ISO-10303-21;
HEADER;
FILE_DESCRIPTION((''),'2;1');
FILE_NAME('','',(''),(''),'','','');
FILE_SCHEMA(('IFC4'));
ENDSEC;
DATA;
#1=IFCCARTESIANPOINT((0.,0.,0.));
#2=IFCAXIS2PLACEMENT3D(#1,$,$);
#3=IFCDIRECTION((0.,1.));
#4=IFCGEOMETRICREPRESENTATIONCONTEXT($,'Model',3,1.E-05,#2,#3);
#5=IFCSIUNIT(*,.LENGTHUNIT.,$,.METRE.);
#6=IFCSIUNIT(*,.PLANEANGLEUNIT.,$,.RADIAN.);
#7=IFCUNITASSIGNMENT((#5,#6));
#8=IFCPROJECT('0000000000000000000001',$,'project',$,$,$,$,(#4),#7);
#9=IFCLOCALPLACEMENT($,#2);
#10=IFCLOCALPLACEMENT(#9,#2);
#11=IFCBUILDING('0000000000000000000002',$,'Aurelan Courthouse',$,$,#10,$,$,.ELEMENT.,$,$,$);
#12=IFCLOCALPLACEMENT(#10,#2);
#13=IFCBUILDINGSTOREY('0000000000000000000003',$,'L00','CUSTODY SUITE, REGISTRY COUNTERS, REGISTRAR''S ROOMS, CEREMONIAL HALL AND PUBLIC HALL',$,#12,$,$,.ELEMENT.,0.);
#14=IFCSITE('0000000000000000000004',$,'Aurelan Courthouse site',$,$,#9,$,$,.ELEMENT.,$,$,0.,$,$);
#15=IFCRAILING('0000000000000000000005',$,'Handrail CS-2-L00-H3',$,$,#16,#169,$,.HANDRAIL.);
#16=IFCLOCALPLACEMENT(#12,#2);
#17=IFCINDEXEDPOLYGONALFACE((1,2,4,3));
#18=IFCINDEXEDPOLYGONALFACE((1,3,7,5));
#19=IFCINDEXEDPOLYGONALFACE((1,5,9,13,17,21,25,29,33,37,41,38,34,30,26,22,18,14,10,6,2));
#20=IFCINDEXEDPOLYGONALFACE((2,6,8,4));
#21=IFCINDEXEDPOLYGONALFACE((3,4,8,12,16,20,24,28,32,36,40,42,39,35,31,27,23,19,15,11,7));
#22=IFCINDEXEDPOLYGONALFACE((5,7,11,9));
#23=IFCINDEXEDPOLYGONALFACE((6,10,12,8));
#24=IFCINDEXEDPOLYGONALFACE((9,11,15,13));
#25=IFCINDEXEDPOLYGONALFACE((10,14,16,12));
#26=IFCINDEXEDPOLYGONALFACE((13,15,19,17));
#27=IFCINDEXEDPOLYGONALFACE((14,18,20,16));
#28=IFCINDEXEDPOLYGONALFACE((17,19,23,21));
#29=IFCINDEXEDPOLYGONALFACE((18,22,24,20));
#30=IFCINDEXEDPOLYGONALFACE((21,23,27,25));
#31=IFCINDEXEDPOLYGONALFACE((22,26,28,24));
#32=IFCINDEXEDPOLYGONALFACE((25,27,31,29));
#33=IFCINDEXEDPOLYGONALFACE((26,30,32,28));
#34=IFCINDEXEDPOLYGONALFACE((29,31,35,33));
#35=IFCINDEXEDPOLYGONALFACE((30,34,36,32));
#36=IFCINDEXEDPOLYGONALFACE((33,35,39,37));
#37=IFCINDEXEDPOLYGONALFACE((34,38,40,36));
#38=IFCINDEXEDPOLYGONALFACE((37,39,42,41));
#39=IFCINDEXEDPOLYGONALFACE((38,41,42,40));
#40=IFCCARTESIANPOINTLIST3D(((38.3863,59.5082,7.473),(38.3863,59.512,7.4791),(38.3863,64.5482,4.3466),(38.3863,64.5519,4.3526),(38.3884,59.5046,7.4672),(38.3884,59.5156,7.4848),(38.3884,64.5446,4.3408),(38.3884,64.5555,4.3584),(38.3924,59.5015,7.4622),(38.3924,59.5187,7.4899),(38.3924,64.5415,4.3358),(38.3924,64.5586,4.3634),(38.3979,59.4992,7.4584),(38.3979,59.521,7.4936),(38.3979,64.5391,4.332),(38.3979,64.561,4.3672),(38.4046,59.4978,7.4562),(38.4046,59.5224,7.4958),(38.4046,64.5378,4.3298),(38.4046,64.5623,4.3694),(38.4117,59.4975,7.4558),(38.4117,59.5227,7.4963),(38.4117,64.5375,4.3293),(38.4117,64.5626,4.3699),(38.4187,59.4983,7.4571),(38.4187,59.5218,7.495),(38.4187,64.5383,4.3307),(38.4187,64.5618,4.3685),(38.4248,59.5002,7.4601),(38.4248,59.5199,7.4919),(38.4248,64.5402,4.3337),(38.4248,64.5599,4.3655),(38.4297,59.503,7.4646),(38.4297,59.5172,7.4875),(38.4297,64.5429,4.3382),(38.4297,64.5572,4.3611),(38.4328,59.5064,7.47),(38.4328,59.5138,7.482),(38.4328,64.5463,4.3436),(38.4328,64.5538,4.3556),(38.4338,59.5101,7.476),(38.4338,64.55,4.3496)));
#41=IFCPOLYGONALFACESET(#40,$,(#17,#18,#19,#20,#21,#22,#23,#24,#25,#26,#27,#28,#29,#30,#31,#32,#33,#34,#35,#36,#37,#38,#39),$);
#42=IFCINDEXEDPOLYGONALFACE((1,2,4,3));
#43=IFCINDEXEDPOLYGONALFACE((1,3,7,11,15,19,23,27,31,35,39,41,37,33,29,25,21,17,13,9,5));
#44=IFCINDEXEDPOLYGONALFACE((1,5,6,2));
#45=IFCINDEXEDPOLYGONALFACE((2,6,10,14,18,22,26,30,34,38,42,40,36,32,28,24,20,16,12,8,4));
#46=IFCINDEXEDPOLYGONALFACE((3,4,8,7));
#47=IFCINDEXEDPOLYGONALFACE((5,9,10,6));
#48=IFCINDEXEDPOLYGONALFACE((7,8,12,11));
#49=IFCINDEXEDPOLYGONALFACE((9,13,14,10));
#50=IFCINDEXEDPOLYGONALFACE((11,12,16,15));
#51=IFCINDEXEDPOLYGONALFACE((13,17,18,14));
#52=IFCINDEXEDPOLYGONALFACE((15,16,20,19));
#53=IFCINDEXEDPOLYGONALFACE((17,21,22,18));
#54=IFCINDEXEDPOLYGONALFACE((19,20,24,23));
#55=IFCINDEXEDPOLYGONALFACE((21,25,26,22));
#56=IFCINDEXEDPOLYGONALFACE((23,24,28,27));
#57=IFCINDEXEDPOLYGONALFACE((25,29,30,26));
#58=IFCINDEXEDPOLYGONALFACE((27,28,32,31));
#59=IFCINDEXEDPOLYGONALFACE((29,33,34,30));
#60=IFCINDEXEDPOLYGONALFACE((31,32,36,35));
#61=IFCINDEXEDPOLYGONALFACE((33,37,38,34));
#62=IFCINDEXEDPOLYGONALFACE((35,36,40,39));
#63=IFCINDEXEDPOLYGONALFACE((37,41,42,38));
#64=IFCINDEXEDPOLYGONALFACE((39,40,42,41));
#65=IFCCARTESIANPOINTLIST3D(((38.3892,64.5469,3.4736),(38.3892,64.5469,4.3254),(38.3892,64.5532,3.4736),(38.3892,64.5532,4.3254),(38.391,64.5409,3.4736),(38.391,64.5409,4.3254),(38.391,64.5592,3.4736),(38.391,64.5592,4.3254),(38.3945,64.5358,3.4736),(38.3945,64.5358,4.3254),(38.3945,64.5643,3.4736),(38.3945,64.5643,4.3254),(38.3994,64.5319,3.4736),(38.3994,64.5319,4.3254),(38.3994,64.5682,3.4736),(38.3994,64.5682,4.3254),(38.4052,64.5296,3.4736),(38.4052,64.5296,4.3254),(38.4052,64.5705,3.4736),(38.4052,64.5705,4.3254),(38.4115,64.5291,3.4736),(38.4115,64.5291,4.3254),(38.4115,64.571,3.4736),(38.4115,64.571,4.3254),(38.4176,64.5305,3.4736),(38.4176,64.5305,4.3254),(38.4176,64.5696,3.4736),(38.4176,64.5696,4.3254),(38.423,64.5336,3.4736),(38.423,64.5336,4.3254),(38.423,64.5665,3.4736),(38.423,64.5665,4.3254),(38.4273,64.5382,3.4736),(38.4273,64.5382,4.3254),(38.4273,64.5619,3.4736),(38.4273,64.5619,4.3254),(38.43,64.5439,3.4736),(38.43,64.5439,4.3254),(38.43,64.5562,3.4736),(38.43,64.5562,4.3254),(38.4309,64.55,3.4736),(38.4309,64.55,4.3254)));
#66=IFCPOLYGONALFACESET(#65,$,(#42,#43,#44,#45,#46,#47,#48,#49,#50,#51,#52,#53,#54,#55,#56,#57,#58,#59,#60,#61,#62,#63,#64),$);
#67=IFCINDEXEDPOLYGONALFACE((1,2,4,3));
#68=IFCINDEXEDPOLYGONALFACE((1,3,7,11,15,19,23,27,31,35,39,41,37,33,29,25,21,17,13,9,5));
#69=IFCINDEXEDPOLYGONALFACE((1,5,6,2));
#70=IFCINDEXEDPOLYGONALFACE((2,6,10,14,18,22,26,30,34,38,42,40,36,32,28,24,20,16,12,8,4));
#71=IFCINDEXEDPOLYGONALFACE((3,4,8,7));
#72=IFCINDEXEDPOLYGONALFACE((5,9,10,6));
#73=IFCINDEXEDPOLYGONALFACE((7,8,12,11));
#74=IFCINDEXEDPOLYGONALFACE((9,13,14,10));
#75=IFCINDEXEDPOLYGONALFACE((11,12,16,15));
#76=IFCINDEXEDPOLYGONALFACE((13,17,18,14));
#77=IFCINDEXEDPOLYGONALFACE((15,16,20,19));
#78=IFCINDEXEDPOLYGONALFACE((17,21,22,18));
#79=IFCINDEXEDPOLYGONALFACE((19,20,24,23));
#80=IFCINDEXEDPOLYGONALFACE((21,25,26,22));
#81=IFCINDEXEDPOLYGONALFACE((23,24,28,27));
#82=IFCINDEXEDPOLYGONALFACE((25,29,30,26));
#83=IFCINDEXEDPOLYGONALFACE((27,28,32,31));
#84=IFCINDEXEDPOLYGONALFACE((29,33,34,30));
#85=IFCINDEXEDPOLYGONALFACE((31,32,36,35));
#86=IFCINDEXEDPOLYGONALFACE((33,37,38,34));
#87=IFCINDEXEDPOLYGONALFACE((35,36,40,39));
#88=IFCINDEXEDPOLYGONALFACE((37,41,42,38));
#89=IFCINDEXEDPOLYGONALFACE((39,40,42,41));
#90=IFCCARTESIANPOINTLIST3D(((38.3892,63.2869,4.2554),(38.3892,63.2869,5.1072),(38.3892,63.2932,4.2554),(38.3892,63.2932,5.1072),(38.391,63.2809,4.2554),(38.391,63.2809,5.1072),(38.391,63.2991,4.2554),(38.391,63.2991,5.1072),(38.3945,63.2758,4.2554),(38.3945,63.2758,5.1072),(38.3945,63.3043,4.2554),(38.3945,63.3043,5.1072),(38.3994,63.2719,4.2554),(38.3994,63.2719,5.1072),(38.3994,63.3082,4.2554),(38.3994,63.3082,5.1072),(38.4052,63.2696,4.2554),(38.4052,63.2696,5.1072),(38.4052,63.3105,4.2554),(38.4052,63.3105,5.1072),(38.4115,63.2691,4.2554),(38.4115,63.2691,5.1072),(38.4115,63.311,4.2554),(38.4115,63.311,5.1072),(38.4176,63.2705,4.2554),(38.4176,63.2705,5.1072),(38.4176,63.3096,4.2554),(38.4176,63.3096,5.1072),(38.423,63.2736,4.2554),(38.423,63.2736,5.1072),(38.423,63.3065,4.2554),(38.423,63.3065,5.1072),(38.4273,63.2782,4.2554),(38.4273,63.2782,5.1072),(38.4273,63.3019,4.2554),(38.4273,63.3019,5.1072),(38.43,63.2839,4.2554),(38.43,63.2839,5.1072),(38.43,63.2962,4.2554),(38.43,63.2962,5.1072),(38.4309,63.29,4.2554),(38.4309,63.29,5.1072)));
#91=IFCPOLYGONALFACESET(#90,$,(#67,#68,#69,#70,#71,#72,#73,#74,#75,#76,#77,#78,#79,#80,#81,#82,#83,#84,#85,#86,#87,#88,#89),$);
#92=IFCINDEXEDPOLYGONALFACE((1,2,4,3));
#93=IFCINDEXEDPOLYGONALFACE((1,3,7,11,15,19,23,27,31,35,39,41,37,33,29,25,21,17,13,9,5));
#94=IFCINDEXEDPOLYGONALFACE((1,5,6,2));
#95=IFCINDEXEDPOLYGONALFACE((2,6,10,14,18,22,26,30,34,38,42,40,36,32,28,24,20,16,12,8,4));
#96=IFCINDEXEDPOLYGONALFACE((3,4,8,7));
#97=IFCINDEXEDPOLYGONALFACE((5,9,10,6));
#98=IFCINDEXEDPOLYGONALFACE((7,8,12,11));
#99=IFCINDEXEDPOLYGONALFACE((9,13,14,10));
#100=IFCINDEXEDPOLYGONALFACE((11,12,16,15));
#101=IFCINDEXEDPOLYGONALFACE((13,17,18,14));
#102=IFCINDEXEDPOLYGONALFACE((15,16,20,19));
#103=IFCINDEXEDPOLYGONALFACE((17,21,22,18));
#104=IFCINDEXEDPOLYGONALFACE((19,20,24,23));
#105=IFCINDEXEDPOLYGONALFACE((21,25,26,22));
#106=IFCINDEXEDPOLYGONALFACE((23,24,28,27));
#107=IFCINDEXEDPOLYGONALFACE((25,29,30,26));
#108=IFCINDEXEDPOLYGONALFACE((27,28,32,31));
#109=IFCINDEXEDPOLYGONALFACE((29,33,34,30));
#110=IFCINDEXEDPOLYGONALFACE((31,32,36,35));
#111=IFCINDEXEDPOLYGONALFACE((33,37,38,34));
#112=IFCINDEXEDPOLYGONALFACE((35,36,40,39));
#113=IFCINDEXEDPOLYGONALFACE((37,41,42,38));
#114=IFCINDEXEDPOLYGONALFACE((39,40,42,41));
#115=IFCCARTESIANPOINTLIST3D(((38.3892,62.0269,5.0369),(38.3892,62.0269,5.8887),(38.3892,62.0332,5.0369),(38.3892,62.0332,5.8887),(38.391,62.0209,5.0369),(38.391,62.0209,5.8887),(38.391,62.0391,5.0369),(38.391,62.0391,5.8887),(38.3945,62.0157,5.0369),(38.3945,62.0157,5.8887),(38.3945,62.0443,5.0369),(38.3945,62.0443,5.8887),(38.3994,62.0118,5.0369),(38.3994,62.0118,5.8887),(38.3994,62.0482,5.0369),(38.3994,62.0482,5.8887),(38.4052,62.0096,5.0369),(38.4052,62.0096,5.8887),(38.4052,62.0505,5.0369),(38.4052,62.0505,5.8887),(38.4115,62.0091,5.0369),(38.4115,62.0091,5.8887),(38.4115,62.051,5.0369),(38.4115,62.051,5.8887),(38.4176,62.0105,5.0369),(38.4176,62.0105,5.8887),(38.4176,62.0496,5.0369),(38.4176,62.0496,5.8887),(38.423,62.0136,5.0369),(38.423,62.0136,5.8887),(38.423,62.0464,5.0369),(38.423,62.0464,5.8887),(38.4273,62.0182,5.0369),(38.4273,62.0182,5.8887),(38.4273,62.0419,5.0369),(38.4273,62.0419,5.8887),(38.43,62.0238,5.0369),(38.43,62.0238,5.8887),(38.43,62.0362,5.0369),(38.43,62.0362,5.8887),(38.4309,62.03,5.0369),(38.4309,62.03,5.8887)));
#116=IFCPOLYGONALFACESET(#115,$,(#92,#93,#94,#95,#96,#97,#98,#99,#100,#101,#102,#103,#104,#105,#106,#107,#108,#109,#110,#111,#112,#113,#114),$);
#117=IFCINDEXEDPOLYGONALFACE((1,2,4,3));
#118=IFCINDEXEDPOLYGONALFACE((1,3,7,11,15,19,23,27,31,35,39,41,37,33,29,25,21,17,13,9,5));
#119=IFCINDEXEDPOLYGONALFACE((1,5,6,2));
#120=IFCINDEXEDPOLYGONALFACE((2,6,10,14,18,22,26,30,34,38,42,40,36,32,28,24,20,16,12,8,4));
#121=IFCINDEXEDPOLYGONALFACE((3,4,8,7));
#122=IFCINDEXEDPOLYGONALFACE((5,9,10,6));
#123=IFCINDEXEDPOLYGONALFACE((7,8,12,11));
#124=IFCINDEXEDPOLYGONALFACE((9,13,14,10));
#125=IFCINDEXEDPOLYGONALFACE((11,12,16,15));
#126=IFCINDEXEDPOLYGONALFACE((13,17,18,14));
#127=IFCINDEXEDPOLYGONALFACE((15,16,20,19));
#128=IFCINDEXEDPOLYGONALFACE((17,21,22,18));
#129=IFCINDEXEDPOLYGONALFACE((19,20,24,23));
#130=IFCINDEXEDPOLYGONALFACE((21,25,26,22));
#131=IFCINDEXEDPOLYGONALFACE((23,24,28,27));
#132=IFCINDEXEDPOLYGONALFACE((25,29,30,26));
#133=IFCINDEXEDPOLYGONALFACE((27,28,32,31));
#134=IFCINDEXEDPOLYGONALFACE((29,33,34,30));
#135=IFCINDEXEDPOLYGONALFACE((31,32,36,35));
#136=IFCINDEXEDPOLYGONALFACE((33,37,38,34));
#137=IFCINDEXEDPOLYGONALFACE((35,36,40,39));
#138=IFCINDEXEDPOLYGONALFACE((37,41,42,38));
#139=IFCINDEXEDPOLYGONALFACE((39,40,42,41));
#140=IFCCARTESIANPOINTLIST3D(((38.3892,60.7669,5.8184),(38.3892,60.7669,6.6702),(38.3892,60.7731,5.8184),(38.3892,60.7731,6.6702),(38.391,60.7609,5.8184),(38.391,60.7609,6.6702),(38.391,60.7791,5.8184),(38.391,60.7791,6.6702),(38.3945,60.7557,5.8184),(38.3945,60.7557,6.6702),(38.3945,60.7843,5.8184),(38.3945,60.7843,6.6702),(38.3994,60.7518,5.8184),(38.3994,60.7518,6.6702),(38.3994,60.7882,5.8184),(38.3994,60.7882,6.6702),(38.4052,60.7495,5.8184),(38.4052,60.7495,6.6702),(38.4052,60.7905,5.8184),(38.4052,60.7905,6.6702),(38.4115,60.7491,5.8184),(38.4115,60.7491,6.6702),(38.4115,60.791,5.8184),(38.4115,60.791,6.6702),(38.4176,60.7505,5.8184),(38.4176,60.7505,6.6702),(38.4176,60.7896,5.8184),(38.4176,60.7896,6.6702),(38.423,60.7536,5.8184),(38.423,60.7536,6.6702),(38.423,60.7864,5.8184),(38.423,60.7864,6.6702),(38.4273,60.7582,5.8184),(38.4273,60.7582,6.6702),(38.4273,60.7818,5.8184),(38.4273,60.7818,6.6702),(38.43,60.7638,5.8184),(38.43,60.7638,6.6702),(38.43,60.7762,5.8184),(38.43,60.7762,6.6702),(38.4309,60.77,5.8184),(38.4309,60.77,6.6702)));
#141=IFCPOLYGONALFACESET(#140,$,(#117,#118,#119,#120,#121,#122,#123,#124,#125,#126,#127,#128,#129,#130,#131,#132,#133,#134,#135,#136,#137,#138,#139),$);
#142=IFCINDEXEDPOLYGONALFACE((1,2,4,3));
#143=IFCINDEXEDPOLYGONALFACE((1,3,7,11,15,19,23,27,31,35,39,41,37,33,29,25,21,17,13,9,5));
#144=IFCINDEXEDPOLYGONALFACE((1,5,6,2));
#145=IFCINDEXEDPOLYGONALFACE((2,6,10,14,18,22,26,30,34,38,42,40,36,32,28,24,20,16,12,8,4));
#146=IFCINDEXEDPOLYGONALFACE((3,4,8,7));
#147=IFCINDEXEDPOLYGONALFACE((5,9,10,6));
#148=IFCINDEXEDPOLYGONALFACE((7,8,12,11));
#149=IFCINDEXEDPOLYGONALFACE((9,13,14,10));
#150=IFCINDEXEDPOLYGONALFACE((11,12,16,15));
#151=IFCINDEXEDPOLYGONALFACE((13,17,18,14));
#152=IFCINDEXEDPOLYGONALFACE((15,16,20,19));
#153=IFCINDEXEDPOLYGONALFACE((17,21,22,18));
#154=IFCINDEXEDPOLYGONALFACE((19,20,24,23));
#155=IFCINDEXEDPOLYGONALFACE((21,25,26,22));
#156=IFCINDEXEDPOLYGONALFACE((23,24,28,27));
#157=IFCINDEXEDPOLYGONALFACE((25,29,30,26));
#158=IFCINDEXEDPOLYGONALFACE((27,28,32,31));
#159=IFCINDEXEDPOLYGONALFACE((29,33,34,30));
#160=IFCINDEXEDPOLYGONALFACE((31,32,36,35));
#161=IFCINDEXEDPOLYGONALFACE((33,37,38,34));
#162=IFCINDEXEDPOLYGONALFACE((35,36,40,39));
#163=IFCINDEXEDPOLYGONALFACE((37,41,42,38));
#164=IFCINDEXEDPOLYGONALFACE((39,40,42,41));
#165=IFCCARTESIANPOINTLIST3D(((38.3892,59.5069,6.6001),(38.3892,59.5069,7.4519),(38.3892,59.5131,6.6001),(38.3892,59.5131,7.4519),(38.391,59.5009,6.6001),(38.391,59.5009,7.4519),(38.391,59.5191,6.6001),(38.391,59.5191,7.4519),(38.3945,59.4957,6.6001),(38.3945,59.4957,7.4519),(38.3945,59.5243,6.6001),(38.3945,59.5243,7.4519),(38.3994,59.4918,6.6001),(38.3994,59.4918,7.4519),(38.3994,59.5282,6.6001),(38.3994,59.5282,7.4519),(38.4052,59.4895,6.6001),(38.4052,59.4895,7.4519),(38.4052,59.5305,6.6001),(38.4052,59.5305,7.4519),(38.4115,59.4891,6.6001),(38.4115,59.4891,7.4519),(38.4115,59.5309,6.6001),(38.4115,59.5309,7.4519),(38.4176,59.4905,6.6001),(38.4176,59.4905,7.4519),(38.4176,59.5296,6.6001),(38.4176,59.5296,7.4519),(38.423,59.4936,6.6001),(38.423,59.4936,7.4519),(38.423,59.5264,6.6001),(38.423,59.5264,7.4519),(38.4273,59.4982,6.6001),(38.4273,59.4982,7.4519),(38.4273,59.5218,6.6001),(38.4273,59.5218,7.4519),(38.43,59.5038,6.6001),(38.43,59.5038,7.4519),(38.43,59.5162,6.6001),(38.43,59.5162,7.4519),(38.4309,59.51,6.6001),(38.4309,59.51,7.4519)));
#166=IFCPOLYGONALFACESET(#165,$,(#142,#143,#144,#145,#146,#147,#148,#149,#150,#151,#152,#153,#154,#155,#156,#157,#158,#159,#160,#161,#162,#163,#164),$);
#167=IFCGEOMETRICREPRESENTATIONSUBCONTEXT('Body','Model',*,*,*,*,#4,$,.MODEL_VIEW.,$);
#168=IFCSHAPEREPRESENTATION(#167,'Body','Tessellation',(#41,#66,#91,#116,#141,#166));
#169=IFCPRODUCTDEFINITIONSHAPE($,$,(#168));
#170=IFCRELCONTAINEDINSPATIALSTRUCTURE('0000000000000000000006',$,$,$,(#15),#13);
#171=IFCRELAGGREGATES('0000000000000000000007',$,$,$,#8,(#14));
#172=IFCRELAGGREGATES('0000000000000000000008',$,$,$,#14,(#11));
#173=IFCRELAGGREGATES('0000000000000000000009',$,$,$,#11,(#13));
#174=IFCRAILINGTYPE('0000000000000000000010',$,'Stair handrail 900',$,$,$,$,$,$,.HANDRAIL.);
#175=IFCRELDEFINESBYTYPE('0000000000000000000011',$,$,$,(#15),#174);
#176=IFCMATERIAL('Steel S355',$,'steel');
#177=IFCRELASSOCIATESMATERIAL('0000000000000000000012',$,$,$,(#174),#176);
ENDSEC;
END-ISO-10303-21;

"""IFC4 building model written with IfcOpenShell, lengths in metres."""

from ifc_helpers import new_model, si_unit, direction, frame, origin, origin_2d, place, context, subcontext, project, spatial, circle, extrude, material, type_object, element, save


model = new_model("IFC4")

# Units and contexts
model_context = context("Model", 3, precision=1e-05, world=origin(), true_north=direction((0.0, 1.0)))
body_context = subcontext(model_context, "Body", "Model", "MODEL_VIEW")
ifc_project = project(units=[si_unit("LENGTHUNIT", "METRE"), si_unit("PLANEANGLEUNIT", "RADIAN")], contexts=[model_context])

# Site, building, storey
site_placement = place(None, origin())
site = spatial("IfcSite", under=ifc_project, at=site_placement, Name="Aurelan Courthouse site", CompositionType="ELEMENT", RefElevation=0.0)
building_placement = place(site_placement, origin())
building = spatial("IfcBuilding", under=site, at=building_placement, Name="Aurelan Courthouse", CompositionType="ELEMENT")
storey_placement = place(building_placement, origin())
storey = spatial("IfcBuildingStorey", under=building, at=storey_placement, Name="L00", Description="CUSTODY SUITE, REGISTRY COUNTERS, REGISTRAR'S ROOMS, CEREMONIAL HALL AND PUBLIC HALL", CompositionType="ELEMENT", Elevation=0.0)

# Railing
ifc_material_1 = material(Name="Steel S355", Category="steel")
railing_type_1 = type_object("IfcRailingType", Name="Stair handrail 900", PredefinedType="HANDRAIL", material=ifc_material_1)
railing_1_placement = place(storey_placement, frame((38.4099, 64.55, 3.4736)))
element("IfcRailing", 1, at=railing_1_placement, inside=storey, type_object=railing_type_1, Name="Handrail CS-2-L00-H3", PredefinedType="HANDRAIL", context=body_context, shape_type="SweptSolid", body=[
    extrude(circle(Radius=0.0239, at=origin_2d()), frame((0.0, 0.0, 0.876), z_axis=(0.0, -0.849779, 0.527139), x_axis=(1.0, 0.0, 0.0)), (0.0, 0.0, 1.0), 5.9309),
    extrude(circle(Radius=0.021, at=origin_2d()), origin(), (0.0, 0.0, 1.0), 0.8518),
    extrude(circle(Radius=0.021, at=origin_2d()), frame((0.0, -1.26, 0.7817)), (0.0, 0.0, 1.0), 0.8518),
    extrude(circle(Radius=0.021, at=origin_2d()), frame((0.0, -2.52, 1.5632)), (0.0, 0.0, 1.0), 0.8518),
    extrude(circle(Radius=0.021, at=origin_2d()), frame((0.0, -3.78, 2.3447)), (0.0, 0.0, 1.0), 0.8518),
    extrude(circle(Radius=0.021, at=origin_2d()), frame((0.0, -5.04, 3.1265)), (0.0, 0.0, 1.0), 0.8518),
])

save(model, "model.ifc")
